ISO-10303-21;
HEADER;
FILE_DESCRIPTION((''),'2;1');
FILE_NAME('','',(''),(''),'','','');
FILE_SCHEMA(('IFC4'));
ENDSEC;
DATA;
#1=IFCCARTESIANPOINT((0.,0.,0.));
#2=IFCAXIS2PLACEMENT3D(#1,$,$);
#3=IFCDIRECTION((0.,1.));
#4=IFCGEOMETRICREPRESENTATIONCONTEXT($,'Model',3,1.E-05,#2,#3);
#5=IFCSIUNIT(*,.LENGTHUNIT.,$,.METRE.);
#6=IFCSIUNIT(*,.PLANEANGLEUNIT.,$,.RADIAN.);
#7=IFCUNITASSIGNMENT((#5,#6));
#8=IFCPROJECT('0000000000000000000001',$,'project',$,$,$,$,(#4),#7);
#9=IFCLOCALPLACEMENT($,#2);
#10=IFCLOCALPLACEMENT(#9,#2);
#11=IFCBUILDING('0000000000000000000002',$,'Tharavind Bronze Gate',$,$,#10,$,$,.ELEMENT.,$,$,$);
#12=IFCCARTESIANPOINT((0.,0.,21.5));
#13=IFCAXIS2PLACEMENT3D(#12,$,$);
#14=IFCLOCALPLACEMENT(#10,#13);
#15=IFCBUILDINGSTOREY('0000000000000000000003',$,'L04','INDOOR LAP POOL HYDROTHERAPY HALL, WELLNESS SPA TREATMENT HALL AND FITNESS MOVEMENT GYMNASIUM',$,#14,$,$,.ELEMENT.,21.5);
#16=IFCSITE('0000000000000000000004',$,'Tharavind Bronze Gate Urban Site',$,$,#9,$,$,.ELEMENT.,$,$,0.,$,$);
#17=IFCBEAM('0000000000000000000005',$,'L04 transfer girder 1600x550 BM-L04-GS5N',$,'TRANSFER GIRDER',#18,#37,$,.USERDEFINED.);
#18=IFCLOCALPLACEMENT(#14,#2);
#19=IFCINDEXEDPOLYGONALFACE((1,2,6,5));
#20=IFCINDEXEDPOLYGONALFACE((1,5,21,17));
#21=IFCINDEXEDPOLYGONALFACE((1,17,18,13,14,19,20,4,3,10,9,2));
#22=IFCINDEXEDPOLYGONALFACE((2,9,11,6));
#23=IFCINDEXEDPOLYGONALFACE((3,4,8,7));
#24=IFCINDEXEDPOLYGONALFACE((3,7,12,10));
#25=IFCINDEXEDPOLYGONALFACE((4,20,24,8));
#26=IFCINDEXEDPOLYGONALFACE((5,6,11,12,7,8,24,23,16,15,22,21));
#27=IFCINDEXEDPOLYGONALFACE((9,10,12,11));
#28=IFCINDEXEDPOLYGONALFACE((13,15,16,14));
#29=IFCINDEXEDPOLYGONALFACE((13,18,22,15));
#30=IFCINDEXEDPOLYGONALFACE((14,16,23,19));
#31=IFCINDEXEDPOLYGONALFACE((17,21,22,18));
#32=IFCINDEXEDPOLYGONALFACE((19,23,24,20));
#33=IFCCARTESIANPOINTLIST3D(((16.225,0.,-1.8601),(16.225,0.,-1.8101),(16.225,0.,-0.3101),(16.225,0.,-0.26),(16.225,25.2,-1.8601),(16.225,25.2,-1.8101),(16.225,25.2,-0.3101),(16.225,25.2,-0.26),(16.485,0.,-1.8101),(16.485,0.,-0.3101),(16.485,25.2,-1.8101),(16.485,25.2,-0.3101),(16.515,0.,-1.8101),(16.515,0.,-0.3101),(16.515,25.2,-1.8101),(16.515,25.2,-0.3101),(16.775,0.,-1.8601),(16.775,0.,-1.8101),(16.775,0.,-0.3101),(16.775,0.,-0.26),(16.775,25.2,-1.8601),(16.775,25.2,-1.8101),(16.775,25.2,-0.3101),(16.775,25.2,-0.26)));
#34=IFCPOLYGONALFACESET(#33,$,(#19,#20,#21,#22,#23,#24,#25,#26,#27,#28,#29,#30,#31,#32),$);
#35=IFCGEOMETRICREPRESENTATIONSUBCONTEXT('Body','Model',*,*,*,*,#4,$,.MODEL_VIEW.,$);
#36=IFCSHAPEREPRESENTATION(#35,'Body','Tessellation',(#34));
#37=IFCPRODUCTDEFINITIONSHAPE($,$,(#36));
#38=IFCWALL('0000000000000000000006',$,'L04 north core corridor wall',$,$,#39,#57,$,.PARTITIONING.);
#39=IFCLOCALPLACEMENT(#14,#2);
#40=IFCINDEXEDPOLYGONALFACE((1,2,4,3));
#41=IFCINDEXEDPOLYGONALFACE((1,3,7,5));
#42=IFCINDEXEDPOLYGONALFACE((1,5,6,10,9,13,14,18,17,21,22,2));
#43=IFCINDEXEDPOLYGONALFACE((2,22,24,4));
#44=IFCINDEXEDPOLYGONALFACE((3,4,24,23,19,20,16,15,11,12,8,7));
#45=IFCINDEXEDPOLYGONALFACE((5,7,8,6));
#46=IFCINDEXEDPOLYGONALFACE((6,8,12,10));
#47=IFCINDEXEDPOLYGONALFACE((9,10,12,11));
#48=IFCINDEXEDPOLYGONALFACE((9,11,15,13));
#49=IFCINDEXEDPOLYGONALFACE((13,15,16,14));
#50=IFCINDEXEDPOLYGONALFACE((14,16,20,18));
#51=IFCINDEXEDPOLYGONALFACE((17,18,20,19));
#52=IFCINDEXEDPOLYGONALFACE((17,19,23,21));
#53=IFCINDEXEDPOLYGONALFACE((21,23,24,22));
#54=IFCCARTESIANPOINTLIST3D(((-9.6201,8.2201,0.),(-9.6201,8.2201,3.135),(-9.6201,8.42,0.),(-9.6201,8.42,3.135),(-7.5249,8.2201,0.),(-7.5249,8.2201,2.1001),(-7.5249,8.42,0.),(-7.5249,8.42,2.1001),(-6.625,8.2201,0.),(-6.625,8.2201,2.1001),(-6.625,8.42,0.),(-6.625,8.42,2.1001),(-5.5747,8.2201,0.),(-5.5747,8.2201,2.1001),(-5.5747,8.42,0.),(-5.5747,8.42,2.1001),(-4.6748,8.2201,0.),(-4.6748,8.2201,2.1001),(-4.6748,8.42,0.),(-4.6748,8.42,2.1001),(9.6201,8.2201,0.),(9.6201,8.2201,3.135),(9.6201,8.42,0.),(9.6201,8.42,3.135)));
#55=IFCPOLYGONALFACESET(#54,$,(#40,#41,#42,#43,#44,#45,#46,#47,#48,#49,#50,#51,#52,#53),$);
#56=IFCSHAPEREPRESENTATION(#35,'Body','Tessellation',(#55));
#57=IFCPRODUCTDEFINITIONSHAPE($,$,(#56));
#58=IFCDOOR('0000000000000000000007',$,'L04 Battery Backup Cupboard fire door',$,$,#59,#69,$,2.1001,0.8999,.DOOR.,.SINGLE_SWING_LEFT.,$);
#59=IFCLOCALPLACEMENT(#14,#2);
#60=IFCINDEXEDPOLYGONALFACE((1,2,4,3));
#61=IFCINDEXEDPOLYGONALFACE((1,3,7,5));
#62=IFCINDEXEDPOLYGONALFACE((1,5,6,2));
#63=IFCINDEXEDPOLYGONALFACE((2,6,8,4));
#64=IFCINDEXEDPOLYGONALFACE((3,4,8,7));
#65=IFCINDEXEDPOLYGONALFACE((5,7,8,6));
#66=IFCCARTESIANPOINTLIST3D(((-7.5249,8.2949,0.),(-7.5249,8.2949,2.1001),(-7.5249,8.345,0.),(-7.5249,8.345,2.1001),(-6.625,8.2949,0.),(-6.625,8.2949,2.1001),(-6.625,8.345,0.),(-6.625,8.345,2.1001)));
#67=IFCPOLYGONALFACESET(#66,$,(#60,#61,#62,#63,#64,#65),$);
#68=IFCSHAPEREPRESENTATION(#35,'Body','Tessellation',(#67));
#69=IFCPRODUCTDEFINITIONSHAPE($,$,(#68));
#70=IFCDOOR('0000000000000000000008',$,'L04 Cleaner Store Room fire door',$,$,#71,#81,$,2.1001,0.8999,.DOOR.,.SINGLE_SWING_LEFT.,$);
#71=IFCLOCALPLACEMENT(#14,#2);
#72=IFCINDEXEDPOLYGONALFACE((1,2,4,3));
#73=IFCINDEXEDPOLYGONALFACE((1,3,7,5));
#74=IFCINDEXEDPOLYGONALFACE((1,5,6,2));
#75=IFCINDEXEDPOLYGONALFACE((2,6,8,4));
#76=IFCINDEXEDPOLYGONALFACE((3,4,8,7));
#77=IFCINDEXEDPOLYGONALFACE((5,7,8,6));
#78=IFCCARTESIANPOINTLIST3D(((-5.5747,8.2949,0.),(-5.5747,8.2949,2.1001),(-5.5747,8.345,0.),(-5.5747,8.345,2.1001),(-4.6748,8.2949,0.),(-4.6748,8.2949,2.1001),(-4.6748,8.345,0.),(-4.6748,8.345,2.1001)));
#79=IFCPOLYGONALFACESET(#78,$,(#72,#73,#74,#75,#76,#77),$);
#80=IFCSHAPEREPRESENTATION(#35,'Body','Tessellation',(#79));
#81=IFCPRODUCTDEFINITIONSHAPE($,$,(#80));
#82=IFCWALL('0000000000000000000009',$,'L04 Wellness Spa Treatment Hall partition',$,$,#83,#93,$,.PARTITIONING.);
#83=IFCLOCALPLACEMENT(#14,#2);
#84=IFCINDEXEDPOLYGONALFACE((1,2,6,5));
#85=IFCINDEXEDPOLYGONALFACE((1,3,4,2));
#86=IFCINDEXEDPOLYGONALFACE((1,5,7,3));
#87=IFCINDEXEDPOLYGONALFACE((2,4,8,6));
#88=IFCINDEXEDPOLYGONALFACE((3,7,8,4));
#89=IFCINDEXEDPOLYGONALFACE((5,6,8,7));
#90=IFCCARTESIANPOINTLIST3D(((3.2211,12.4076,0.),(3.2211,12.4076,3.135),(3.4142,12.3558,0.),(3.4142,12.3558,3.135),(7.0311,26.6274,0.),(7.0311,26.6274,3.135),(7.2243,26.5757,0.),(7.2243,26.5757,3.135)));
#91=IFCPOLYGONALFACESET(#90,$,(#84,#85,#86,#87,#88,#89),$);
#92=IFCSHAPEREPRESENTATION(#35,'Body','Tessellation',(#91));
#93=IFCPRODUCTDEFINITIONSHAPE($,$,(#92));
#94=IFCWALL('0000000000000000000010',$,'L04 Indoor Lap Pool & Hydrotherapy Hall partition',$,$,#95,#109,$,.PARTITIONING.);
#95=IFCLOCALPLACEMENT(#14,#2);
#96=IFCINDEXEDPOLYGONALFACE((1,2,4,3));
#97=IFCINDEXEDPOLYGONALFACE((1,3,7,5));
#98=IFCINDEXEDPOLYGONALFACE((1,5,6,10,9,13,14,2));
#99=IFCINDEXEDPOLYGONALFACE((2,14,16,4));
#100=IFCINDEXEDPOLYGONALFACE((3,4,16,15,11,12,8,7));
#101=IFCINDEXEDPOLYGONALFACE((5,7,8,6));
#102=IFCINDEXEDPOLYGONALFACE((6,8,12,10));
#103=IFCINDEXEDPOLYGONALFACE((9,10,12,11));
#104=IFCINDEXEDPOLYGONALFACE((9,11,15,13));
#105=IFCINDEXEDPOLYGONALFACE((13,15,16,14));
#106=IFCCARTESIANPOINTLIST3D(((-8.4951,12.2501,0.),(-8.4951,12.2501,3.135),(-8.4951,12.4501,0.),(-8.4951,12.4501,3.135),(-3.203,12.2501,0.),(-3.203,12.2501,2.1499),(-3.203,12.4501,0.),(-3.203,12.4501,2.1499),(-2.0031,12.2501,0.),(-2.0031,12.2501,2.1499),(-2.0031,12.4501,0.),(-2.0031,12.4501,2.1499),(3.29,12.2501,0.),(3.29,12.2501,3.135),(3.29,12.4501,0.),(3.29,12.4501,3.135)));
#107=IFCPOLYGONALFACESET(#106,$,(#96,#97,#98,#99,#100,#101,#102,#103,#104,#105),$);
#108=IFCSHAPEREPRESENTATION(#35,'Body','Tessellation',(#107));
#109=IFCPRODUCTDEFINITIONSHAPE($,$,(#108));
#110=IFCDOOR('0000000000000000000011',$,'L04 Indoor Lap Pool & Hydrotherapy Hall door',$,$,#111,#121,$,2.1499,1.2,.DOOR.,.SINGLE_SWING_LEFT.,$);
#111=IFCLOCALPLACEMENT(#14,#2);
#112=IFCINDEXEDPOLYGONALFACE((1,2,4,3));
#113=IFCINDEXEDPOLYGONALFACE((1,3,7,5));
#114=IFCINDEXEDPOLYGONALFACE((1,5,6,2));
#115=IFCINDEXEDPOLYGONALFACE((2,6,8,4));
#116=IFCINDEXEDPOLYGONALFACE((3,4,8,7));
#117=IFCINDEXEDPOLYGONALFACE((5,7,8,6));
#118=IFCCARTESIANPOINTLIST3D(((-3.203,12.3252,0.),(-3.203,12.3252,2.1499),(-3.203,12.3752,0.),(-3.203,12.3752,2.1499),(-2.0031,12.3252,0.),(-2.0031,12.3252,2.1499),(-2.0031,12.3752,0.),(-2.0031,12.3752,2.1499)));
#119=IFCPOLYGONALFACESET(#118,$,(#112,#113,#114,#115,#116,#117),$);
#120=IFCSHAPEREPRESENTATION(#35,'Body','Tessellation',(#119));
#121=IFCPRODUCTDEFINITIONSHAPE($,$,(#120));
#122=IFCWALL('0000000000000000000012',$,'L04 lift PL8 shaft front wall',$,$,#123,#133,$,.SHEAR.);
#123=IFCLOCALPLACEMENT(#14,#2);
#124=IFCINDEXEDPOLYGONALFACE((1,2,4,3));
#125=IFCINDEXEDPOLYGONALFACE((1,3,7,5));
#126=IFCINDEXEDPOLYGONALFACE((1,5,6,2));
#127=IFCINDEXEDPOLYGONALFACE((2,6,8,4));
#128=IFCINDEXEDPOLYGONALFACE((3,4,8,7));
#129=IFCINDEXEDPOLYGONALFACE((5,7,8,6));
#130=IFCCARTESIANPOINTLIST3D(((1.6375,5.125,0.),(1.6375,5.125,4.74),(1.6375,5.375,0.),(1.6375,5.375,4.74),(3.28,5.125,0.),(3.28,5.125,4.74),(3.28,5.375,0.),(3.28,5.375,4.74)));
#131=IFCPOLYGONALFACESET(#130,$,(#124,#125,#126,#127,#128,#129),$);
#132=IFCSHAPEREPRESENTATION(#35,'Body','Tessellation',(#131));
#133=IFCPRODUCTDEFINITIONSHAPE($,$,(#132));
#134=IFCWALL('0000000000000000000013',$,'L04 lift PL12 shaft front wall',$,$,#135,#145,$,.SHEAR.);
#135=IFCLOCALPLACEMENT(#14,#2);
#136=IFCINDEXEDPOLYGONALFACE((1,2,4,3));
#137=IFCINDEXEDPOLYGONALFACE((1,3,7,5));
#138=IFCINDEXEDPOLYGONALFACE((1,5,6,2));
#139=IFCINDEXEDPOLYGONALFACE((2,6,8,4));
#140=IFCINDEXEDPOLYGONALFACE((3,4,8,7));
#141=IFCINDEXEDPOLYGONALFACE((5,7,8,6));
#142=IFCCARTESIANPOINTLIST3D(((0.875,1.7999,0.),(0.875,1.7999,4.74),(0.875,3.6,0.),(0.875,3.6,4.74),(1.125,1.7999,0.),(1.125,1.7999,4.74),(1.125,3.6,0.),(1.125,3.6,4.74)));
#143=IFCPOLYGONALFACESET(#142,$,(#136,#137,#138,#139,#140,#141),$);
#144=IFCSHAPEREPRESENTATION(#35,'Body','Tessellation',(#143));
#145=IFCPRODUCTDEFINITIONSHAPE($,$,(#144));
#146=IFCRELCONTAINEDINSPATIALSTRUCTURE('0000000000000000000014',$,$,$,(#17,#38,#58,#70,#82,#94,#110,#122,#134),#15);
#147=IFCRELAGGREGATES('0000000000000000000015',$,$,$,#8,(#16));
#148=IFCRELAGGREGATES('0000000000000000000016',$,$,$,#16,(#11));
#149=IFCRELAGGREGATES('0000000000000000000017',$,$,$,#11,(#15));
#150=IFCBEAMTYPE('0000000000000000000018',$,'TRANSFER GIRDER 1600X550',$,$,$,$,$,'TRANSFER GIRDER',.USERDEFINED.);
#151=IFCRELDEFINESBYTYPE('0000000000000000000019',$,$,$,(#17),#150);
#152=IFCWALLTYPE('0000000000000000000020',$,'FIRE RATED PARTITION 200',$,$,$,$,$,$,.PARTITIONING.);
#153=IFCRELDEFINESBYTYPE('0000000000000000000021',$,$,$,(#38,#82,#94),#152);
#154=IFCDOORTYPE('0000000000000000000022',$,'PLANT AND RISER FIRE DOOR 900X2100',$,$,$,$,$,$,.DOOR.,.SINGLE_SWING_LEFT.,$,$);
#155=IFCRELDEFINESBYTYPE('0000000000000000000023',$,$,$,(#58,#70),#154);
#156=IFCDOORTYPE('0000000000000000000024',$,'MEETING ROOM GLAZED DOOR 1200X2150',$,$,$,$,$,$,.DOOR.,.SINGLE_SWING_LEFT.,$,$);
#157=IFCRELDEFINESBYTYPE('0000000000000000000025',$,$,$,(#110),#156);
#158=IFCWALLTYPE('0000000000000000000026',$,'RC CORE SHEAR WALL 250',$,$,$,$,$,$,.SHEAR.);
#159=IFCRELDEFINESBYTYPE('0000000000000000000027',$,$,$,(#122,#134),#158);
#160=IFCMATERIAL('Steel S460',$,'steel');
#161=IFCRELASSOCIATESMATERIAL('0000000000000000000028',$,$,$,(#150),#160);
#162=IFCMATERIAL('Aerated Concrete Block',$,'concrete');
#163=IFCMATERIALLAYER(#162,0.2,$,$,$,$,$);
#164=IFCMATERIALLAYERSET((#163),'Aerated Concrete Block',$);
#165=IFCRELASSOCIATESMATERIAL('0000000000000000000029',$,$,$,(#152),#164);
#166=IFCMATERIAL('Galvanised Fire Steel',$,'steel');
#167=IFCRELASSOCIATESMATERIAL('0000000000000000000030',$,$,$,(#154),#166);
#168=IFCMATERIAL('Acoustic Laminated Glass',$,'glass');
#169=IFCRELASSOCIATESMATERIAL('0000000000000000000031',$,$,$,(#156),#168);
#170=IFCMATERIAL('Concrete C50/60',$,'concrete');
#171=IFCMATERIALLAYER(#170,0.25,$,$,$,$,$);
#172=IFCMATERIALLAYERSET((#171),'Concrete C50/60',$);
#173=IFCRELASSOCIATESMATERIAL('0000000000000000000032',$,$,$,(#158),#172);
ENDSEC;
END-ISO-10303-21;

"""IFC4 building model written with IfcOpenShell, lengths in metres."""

from ifc_helpers import new_model, si_unit, direction, frame, frame_2d, origin, origin_2d, place, context, subcontext, project, spatial, rectangle, i_section, extrude, material, layer, layer_set, material_profile, profile_set, type_object, element, fill, save


model = new_model("IFC4")

# Units and contexts
model_context = context("Model", 3, precision=1e-05, world=origin(), true_north=direction((0.0, 1.0)))
body_context = subcontext(model_context, "Body", "Model", "MODEL_VIEW")
ifc_project = project(units=[si_unit("LENGTHUNIT", "METRE"), si_unit("PLANEANGLEUNIT", "RADIAN")], contexts=[model_context])

# Site, building, storey
site_placement = place(None, origin())
site = spatial("IfcSite", under=ifc_project, at=site_placement, Name="Tharavind Bronze Gate Urban Site", CompositionType="ELEMENT", RefElevation=0.0)
building_placement = place(site_placement, origin())
building = spatial("IfcBuilding", under=site, at=building_placement, Name="Tharavind Bronze Gate", CompositionType="ELEMENT")
storey_placement = place(building_placement, frame((0.0, 0.0, 21.5)))
storey = spatial("IfcBuildingStorey", under=building, at=storey_placement, Name="L04", Description="INDOOR LAP POOL HYDROTHERAPY HALL, WELLNESS SPA TREATMENT HALL AND FITNESS MOVEMENT GYMNASIUM", CompositionType="ELEMENT", Elevation=21.5)

# Shared definitions
ifc_material_1 = material(Name="Steel S460", Category="steel")

# Beam
ifc_material_profile_1 = material_profile(ifc_material_1, i_section(OverallWidth=0.55, OverallDepth=1.6001, WebThickness=0.03, FlangeThickness=0.05, at=origin_2d()), Name="PG1600X550")
ifc_profile_set_1 = profile_set([ifc_material_profile_1], Name="Steel S460")
beam_type_1 = type_object("IfcBeamType", Name="TRANSFER GIRDER 1600X550", ElementType="TRANSFER GIRDER", PredefinedType="USERDEFINED", material=ifc_profile_set_1)
beam_1_placement = place(storey_placement, frame((16.5, 0.0, -1.0601), z_axis=(0.0, 1.0, 0.0), x_axis=(-1.0, 0.0, 0.0)))
element("IfcBeam", 1, at=beam_1_placement, inside=storey, type_object=beam_type_1, Name="L04 transfer girder 1600x550 BM-L04-GS5N", ObjectType="TRANSFER GIRDER", PredefinedType="USERDEFINED", context=body_context, shape_type="SweptSolid", body=[
    extrude(i_section(OverallWidth=0.55, OverallDepth=1.6001, WebThickness=0.03, FlangeThickness=0.05, at=origin_2d()), origin(), (0.0, 0.0, 1.0), 25.2),
])

# Wall, openings, doors
ifc_material_2 = material(Name="Aerated Concrete Block", Category="concrete")
ifc_layer_1 = layer(ifc_material_2, 0.2)
ifc_layer_set_1 = layer_set([ifc_layer_1], Name="Aerated Concrete Block")
wall_type_1 = type_object("IfcWallType", Name="FIRE RATED PARTITION 200", PredefinedType="PARTITIONING", material=ifc_layer_set_1)
wall_1_placement = place(storey_placement, frame((9.6201, 8.3201, 0.0), z_axis=(0.0, 0.0, 1.0), x_axis=(-1.0, 0.0, 0.0)))
wall_1 = element("IfcWall", 2, at=wall_1_placement, inside=storey, type_object=wall_type_1, Name="L04 north core corridor wall", PredefinedType="PARTITIONING", context=body_context, shape_type="SweptSolid", body=[
    extrude(rectangle(XDim=19.2402, YDim=0.2, at=frame_2d((9.6201, 0.0))), origin(), (0.0, 0.0, 1.0), 3.135),
])
opening_1_placement = place(wall_1_placement, frame((16.2451, 0.0, 0.0)))
opening_1 = element("IfcOpeningElement", 3, at=opening_1_placement, cuts=wall_1, PredefinedType="OPENING", context=body_context, shape_type="SweptSolid", body=[
    extrude(rectangle(XDim=0.8999, YDim=2.1001, at=frame_2d((0.45, 1.05))), frame((0.0, 0.1101, 0.0), z_axis=(0.0, -1.0, 0.0), x_axis=(1.0, 0.0, 0.0)), (0.0, 0.0, 1.0), 0.22),
])
opening_2_placement = place(wall_1_placement, frame((14.2949, 0.0, 0.0)))
opening_2 = element("IfcOpeningElement", 4, at=opening_2_placement, cuts=wall_1, PredefinedType="OPENING", context=body_context, shape_type="SweptSolid", body=[
    extrude(rectangle(XDim=0.8999, YDim=2.1001, at=frame_2d((0.45, 1.05))), frame((0.0, 0.1101, 0.0), z_axis=(0.0, -1.0, 0.0), x_axis=(1.0, 0.0, 0.0)), (0.0, 0.0, 1.0), 0.22),
])
ifc_material_3 = material(Name="Galvanised Fire Steel", Category="steel")
door_type_1 = type_object("IfcDoorType", Name="PLANT AND RISER FIRE DOOR 900X2100", OperationType="SINGLE_SWING_LEFT", PredefinedType="DOOR", material=ifc_material_3)
door_1_placement = place(opening_1_placement, frame((0.8999, 0.0, 0.0), z_axis=(0.0, 0.0, 1.0), x_axis=(-1.0, 0.0, 0.0)))
door_1 = element("IfcDoor", 5, at=door_1_placement, inside=storey, type_object=door_type_1, Name="L04 Battery Backup Cupboard fire door", OperationType="SINGLE_SWING_LEFT", OverallHeight=2.1001, OverallWidth=0.8999, PredefinedType="DOOR", context=body_context, shape_type="SweptSolid", body=[
    extrude(rectangle(XDim=0.8999, YDim=2.1001, at=frame_2d((0.45, 1.05))), frame((0.0, 0.0249, 0.0), z_axis=(0.0, -1.0, 0.0), x_axis=(1.0, 0.0, 0.0)), (0.0, 0.0, 1.0), 0.05),
])
fill(opening_1, door_1)
door_2_placement = place(opening_2_placement, frame((0.8999, 0.0, 0.0), z_axis=(0.0, 0.0, 1.0), x_axis=(-1.0, 0.0, 0.0)))
door_2 = element("IfcDoor", 6, at=door_2_placement, inside=storey, type_object=door_type_1, Name="L04 Cleaner Store Room fire door", OperationType="SINGLE_SWING_LEFT", OverallHeight=2.1001, OverallWidth=0.8999, PredefinedType="DOOR", context=body_context, shape_type="SweptSolid", body=[
    extrude(rectangle(XDim=0.8999, YDim=2.1001, at=frame_2d((0.45, 1.05))), frame((0.0, 0.0249, 0.0), z_axis=(0.0, -1.0, 0.0), x_axis=(1.0, 0.0, 0.0)), (0.0, 0.0, 1.0), 0.05),
])
fill(opening_2, door_2)

# Wall
wall_2_placement = place(storey_placement, frame((3.3176, 12.3816, 0.0), z_axis=(0.0, 0.0, 1.0), x_axis=(0.258808, 0.965929, 0.0)))
element("IfcWall", 7, at=wall_2_placement, inside=storey, type_object=wall_type_1, Name="L04 Wellness Spa Treatment Hall partition", PredefinedType="PARTITIONING", context=body_context, shape_type="SweptSolid", body=[
    extrude(rectangle(XDim=14.7214, YDim=0.2, at=frame_2d((7.3608, 0.0))), origin(), (0.0, 0.0, 1.0), 3.135),
])

# Wall, opening, door
wall_3_placement = place(storey_placement, frame((3.29, 12.3501, 0.0), z_axis=(0.0, 0.0, 1.0), x_axis=(-1.0, 0.0, 0.0)))
wall_3 = element("IfcWall", 8, at=wall_3_placement, inside=storey, type_object=wall_type_1, Name="L04 Indoor Lap Pool & Hydrotherapy Hall partition", PredefinedType="PARTITIONING", context=body_context, shape_type="SweptSolid", body=[
    extrude(rectangle(XDim=11.7852, YDim=0.2, at=frame_2d((5.8926, 0.0))), origin(), (0.0, 0.0, 1.0), 3.135),
])
opening_3_placement = place(wall_3_placement, frame((5.293, 0.0, 0.0)))
opening_3 = element("IfcOpeningElement", 9, at=opening_3_placement, cuts=wall_3, PredefinedType="OPENING", context=body_context, shape_type="SweptSolid", body=[
    extrude(rectangle(XDim=1.2, YDim=2.1499, at=frame_2d((0.6001, 1.075))), frame((0.0, 0.1101, 0.0), z_axis=(0.0, -1.0, 0.0), x_axis=(1.0, 0.0, 0.0)), (0.0, 0.0, 1.0), 0.22),
])
ifc_material_4 = material(Name="Acoustic Laminated Glass", Category="glass")
door_type_2 = type_object("IfcDoorType", Name="MEETING ROOM GLAZED DOOR 1200X2150", OperationType="SINGLE_SWING_LEFT", PredefinedType="DOOR", material=ifc_material_4)
door_3_placement = place(opening_3_placement, origin())
door_3 = element("IfcDoor", 10, at=door_3_placement, inside=storey, type_object=door_type_2, Name="L04 Indoor Lap Pool & Hydrotherapy Hall door", OperationType="SINGLE_SWING_LEFT", OverallHeight=2.1499, OverallWidth=1.2, PredefinedType="DOOR", context=body_context, shape_type="SweptSolid", body=[
    extrude(rectangle(XDim=1.2, YDim=2.1499, at=frame_2d((0.6001, 1.075))), frame((0.0, 0.0249, 0.0), z_axis=(0.0, -1.0, 0.0), x_axis=(1.0, 0.0, 0.0)), (0.0, 0.0, 1.0), 0.05),
])
fill(opening_3, door_3)
ifc_material_5 = material(Name="Concrete C50/60", Category="concrete")
ifc_layer_2 = layer(ifc_material_5, 0.25)
ifc_layer_set_2 = layer_set([ifc_layer_2], Name="Concrete C50/60")
wall_type_2 = type_object("IfcWallType", Name="RC CORE SHEAR WALL 250", PredefinedType="SHEAR", material=ifc_layer_set_2)

# Walls
wall_4_placement = place(storey_placement, frame((1.6375, 5.25, 0.0), z_axis=(0.0, 0.0, 1.0), x_axis=(1.0, 0.0, 0.0)))
element("IfcWall", 11, at=wall_4_placement, inside=storey, type_object=wall_type_2, Name="L04 lift PL8 shaft front wall", PredefinedType="SHEAR", context=body_context, shape_type="SweptSolid", body=[
    extrude(rectangle(XDim=1.6426, YDim=0.25, at=frame_2d((0.8213, 0.0))), origin(), (0.0, 0.0, 1.0), 4.74),
])
wall_5_placement = place(storey_placement, frame((1.0, 1.8, 0.0), z_axis=(0.0, 0.0, 1.0), x_axis=(0.0, 1.0, 0.0)))
element("IfcWall", 12, at=wall_5_placement, inside=storey, type_object=wall_type_2, Name="L04 lift PL12 shaft front wall", PredefinedType="SHEAR", context=body_context, shape_type="SweptSolid", body=[
    extrude(rectangle(XDim=1.8, YDim=0.25, at=frame_2d((0.8999, 0.0))), origin(), (0.0, 0.0, 1.0), 4.74),
])

save(model, "model.ifc")
